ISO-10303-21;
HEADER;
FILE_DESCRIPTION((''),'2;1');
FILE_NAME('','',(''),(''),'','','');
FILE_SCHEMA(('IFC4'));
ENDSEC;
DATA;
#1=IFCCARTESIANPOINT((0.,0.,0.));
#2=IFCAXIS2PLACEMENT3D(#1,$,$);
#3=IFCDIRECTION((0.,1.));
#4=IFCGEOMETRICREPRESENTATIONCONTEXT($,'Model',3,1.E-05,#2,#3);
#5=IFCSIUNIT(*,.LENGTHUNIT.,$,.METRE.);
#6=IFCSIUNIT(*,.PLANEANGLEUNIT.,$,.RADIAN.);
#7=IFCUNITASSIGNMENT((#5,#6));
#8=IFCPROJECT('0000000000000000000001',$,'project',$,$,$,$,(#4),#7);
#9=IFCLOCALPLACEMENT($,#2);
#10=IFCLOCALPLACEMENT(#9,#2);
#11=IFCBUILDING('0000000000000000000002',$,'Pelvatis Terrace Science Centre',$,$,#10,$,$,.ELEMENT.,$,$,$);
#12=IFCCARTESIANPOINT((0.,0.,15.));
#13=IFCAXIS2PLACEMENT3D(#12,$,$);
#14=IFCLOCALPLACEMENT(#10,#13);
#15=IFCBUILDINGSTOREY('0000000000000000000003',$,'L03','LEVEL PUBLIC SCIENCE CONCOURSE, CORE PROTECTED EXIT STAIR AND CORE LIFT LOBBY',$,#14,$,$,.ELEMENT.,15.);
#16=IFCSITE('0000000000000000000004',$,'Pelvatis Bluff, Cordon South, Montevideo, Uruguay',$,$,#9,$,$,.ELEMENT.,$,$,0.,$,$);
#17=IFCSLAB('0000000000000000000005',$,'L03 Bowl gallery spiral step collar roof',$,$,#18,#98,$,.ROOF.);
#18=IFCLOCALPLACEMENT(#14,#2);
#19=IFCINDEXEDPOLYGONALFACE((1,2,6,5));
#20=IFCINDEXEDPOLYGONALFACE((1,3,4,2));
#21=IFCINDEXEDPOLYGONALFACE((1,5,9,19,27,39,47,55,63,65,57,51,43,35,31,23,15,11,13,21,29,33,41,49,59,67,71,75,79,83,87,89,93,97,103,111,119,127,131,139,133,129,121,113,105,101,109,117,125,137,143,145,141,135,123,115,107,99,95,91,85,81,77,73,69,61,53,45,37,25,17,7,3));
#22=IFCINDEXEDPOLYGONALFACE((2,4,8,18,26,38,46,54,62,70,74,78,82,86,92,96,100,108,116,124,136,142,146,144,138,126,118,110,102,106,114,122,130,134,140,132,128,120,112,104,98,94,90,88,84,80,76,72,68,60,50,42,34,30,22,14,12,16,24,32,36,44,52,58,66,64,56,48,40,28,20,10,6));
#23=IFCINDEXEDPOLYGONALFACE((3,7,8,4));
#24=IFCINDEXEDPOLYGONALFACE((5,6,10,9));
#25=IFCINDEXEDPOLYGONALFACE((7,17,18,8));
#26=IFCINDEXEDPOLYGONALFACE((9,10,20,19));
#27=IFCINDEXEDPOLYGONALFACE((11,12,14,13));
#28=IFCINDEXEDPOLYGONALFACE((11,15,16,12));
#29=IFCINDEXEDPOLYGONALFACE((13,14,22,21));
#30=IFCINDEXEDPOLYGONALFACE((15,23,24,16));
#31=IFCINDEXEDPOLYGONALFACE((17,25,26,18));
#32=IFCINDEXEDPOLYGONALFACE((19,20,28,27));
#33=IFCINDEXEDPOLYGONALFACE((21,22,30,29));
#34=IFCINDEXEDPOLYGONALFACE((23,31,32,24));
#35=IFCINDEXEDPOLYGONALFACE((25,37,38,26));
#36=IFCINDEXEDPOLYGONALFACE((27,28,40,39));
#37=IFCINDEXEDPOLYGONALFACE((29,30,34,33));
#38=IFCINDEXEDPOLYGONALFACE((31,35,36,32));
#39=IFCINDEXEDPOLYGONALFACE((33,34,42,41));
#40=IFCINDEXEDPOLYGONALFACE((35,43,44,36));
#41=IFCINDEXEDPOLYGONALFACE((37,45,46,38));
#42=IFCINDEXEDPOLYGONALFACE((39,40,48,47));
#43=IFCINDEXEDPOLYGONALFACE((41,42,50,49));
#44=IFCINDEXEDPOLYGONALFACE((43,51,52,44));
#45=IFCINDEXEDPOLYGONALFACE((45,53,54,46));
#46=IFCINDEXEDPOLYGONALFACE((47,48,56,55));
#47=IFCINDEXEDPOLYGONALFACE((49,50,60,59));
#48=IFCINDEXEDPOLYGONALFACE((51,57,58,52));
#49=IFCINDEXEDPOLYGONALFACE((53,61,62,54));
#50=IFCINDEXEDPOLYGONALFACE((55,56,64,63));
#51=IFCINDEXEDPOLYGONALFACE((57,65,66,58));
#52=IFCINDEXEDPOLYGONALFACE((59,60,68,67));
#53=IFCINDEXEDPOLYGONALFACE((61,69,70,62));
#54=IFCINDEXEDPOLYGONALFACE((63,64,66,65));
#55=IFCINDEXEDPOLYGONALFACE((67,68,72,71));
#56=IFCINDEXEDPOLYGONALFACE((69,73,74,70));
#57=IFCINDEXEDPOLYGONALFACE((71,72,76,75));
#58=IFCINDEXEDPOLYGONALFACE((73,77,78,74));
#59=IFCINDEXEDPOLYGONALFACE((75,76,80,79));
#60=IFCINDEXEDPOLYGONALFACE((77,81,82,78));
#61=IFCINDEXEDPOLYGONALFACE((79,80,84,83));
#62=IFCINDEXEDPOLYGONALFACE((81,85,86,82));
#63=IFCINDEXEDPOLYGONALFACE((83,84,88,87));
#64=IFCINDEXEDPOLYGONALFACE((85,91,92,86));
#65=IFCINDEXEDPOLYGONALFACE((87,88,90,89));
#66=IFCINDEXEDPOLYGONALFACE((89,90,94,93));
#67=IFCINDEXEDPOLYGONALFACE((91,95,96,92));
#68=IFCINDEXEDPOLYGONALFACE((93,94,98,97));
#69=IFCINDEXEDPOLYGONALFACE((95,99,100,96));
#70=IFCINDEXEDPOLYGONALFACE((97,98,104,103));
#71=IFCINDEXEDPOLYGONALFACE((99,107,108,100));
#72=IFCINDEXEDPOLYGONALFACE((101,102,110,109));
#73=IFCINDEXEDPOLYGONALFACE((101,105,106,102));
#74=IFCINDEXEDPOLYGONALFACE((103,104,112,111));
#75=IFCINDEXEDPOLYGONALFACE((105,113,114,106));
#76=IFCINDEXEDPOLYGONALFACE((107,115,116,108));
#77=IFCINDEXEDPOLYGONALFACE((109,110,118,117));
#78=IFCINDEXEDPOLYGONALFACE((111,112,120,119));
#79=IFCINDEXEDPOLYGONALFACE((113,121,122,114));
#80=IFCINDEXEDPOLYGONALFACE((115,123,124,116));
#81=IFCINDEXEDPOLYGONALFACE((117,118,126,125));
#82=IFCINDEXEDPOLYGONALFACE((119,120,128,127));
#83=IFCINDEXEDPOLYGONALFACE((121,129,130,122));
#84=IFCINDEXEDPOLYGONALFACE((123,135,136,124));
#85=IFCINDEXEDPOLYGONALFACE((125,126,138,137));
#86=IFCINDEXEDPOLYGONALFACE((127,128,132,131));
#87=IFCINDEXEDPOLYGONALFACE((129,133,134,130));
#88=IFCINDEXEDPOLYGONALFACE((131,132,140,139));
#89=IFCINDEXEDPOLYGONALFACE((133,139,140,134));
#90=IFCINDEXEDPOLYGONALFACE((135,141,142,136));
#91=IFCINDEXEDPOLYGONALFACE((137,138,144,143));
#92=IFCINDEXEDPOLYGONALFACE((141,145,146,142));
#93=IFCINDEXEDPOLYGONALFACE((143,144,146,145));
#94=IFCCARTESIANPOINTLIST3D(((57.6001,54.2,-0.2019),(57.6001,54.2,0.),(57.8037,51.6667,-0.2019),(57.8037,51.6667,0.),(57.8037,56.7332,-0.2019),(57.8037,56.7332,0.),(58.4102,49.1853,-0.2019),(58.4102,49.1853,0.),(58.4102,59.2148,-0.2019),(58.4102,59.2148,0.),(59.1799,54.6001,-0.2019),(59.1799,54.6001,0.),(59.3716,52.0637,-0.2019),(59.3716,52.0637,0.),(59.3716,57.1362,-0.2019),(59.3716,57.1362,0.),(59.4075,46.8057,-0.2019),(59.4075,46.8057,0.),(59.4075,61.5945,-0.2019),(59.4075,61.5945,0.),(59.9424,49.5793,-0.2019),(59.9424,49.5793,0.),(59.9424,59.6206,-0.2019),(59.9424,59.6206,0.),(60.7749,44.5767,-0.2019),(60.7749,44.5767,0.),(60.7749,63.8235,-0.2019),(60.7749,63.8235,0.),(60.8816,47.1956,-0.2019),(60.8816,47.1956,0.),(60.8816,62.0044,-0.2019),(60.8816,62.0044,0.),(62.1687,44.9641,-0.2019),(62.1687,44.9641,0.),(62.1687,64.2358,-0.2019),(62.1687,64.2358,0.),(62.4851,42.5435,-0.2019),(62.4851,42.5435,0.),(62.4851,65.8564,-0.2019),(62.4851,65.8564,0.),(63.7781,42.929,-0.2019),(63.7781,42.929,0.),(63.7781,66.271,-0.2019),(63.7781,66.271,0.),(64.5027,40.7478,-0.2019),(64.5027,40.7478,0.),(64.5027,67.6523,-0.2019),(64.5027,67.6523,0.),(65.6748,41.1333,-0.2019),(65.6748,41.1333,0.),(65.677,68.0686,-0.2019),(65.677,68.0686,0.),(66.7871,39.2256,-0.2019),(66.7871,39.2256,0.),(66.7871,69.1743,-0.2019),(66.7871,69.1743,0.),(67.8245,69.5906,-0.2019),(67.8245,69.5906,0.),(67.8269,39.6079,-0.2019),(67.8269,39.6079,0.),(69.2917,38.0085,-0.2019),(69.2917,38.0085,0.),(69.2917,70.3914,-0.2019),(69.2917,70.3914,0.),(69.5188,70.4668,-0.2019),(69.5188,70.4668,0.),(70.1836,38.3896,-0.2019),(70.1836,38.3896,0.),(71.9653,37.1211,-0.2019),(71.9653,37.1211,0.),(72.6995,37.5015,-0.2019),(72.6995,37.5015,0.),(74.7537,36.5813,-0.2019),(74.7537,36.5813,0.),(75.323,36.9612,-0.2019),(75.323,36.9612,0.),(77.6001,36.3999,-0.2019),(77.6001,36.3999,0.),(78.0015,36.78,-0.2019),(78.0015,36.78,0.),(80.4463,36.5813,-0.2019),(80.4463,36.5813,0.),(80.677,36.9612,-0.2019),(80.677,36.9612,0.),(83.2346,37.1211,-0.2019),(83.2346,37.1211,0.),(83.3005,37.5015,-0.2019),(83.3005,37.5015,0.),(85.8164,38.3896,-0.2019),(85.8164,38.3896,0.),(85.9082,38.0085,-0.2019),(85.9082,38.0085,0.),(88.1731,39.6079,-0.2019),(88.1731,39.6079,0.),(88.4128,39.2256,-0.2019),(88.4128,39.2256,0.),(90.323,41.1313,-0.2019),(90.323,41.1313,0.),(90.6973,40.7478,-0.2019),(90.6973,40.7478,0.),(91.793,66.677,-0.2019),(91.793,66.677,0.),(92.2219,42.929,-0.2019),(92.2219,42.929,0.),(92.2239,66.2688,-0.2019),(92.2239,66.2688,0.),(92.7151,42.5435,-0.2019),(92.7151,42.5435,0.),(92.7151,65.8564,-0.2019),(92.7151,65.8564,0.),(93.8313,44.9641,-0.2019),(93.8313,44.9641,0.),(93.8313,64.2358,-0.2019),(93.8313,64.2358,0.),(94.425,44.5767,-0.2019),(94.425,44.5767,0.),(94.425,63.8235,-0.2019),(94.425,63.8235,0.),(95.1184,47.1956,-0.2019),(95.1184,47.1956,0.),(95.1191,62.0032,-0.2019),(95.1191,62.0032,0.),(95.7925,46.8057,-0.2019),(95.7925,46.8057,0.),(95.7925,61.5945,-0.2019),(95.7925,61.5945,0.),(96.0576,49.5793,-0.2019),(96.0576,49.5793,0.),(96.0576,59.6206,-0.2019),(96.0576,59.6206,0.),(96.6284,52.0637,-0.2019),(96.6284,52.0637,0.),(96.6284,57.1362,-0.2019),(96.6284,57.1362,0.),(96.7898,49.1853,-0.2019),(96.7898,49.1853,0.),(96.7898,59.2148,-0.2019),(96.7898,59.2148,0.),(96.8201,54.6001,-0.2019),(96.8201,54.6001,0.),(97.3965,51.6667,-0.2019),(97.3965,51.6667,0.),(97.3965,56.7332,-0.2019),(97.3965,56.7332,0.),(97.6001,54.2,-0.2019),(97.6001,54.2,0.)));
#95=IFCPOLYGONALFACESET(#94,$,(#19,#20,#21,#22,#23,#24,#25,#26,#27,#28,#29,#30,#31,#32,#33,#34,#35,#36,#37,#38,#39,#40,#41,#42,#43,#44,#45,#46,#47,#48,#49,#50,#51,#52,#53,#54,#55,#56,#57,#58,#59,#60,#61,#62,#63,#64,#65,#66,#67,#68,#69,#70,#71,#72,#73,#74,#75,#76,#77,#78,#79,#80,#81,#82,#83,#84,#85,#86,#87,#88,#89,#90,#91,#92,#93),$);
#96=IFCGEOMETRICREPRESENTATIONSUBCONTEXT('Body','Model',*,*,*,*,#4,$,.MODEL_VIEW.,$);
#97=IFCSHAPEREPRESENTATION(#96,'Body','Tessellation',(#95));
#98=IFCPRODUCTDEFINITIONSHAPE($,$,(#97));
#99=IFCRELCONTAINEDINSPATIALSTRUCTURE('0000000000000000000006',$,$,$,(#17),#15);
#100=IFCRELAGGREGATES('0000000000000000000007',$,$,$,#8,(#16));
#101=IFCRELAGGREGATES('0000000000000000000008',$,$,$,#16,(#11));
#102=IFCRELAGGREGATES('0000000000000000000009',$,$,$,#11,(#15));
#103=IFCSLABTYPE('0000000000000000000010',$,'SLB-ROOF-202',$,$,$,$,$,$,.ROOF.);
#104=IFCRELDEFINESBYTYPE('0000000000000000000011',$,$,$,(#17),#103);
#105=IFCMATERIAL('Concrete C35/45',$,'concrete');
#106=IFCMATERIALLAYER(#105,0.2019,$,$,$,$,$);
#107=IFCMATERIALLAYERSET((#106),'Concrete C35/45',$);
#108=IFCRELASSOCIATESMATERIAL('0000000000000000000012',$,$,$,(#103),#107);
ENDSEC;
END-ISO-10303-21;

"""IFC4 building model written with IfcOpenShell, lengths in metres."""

from ifc_helpers import new_model, si_unit, direction, frame, origin, place, context, subcontext, project, spatial, polyline, outline, extrude, material, layer, layer_set, type_object, element, save


model = new_model("IFC4")

# Units and contexts
model_context = context("Model", 3, precision=1e-05, world=origin(), true_north=direction((0.0, 1.0)))
body_context = subcontext(model_context, "Body", "Model", "MODEL_VIEW")
ifc_project = project(units=[si_unit("LENGTHUNIT", "METRE"), si_unit("PLANEANGLEUNIT", "RADIAN")], contexts=[model_context])

# Site, building, storey
site_placement = place(None, origin())
site = spatial("IfcSite", under=ifc_project, at=site_placement, Name="Pelvatis Bluff, Cordon South, Montevideo, Uruguay", CompositionType="ELEMENT", RefElevation=0.0)
building_placement = place(site_placement, origin())
building = spatial("IfcBuilding", under=site, at=building_placement, Name="Pelvatis Terrace Science Centre", CompositionType="ELEMENT")
storey_placement = place(building_placement, frame((0.0, 0.0, 15.0)))
storey = spatial("IfcBuildingStorey", under=building, at=storey_placement, Name="L03", Description="LEVEL PUBLIC SCIENCE CONCOURSE, CORE PROTECTED EXIT STAIR AND CORE LIFT LOBBY", CompositionType="ELEMENT", Elevation=15.0)

# Slab
ifc_material_1 = material(Name="Concrete C35/45", Category="concrete")
ifc_layer_1 = layer(ifc_material_1, 0.2019)
ifc_layer_set_1 = layer_set([ifc_layer_1], Name="Concrete C35/45")
slab_type_1 = type_object("IfcSlabType", Name="SLB-ROOF-202", PredefinedType="ROOF", material=ifc_layer_set_1)
slab_1_placement = place(storey_placement, frame((0.0, 0.0, -0.2019)))
element("IfcSlab", 1, at=slab_1_placement, inside=storey, type_object=slab_type_1, Name="L03 Bowl gallery spiral step collar roof", PredefinedType="ROOF", context=body_context, shape_type="SweptSolid", body=[
    extrude(outline(polyline([(97.3965, 51.6667), (96.7898, 49.1853), (95.7925, 46.8057), (94.425, 44.5767), (92.7151, 42.5435), (90.6973, 40.7478), (88.4128, 39.2256), (85.9082, 38.0085), (83.2346, 37.1211), (80.4463, 36.5813), (77.6001, 36.3999), (74.7537, 36.5813), (71.9653, 37.1211), (69.2917, 38.0085), (66.7871, 39.2256), (64.5027, 40.7478), (62.4851, 42.5435), (60.7749, 44.5767), (59.4075, 46.8057), (58.4102, 49.1853), (57.8037, 51.6667), (57.6001, 54.2), (57.8037, 56.7332), (58.4102, 59.2148), (59.4075, 61.5945), (60.7749, 63.8235), (62.4851, 65.8564), (64.5027, 67.6523), (66.7871, 69.1743), (69.2917, 70.3914), (69.5188, 70.4668), (67.8245, 69.5906), (65.677, 68.0686), (63.7781, 66.271), (62.1687, 64.2358), (60.8816, 62.0044), (59.9424, 59.6206), (59.3716, 57.1362), (59.1799, 54.6001), (59.3716, 52.0637), (59.9424, 49.5793), (60.8816, 47.1956), (62.1687, 44.9641), (63.7781, 42.929), (65.6748, 41.1333), (67.8269, 39.6079), (70.1836, 38.3896), (72.6995, 37.5015), (75.323, 36.9612), (78.0015, 36.78), (80.677, 36.9612), (83.3005, 37.5015), (85.8164, 38.3896), (88.1731, 39.6079), (90.323, 41.1313), (92.2219, 42.929), (93.8313, 44.9641), (95.1184, 47.1956), (96.0576, 49.5793), (96.6284, 52.0637), (96.8201, 54.6001), (96.6284, 57.1362), (96.0576, 59.6206), (95.1191, 62.0032), (93.8313, 64.2358), (92.2239, 66.2688), (91.793, 66.677), (92.7151, 65.8564), (94.425, 63.8235), (95.7925, 61.5945), (96.7898, 59.2148), (97.3965, 56.7332), (97.6001, 54.2), (97.3965, 51.6667)])), origin(), (0.0, 0.0, 1.0), 0.2019),
])

save(model, "model.ifc")
